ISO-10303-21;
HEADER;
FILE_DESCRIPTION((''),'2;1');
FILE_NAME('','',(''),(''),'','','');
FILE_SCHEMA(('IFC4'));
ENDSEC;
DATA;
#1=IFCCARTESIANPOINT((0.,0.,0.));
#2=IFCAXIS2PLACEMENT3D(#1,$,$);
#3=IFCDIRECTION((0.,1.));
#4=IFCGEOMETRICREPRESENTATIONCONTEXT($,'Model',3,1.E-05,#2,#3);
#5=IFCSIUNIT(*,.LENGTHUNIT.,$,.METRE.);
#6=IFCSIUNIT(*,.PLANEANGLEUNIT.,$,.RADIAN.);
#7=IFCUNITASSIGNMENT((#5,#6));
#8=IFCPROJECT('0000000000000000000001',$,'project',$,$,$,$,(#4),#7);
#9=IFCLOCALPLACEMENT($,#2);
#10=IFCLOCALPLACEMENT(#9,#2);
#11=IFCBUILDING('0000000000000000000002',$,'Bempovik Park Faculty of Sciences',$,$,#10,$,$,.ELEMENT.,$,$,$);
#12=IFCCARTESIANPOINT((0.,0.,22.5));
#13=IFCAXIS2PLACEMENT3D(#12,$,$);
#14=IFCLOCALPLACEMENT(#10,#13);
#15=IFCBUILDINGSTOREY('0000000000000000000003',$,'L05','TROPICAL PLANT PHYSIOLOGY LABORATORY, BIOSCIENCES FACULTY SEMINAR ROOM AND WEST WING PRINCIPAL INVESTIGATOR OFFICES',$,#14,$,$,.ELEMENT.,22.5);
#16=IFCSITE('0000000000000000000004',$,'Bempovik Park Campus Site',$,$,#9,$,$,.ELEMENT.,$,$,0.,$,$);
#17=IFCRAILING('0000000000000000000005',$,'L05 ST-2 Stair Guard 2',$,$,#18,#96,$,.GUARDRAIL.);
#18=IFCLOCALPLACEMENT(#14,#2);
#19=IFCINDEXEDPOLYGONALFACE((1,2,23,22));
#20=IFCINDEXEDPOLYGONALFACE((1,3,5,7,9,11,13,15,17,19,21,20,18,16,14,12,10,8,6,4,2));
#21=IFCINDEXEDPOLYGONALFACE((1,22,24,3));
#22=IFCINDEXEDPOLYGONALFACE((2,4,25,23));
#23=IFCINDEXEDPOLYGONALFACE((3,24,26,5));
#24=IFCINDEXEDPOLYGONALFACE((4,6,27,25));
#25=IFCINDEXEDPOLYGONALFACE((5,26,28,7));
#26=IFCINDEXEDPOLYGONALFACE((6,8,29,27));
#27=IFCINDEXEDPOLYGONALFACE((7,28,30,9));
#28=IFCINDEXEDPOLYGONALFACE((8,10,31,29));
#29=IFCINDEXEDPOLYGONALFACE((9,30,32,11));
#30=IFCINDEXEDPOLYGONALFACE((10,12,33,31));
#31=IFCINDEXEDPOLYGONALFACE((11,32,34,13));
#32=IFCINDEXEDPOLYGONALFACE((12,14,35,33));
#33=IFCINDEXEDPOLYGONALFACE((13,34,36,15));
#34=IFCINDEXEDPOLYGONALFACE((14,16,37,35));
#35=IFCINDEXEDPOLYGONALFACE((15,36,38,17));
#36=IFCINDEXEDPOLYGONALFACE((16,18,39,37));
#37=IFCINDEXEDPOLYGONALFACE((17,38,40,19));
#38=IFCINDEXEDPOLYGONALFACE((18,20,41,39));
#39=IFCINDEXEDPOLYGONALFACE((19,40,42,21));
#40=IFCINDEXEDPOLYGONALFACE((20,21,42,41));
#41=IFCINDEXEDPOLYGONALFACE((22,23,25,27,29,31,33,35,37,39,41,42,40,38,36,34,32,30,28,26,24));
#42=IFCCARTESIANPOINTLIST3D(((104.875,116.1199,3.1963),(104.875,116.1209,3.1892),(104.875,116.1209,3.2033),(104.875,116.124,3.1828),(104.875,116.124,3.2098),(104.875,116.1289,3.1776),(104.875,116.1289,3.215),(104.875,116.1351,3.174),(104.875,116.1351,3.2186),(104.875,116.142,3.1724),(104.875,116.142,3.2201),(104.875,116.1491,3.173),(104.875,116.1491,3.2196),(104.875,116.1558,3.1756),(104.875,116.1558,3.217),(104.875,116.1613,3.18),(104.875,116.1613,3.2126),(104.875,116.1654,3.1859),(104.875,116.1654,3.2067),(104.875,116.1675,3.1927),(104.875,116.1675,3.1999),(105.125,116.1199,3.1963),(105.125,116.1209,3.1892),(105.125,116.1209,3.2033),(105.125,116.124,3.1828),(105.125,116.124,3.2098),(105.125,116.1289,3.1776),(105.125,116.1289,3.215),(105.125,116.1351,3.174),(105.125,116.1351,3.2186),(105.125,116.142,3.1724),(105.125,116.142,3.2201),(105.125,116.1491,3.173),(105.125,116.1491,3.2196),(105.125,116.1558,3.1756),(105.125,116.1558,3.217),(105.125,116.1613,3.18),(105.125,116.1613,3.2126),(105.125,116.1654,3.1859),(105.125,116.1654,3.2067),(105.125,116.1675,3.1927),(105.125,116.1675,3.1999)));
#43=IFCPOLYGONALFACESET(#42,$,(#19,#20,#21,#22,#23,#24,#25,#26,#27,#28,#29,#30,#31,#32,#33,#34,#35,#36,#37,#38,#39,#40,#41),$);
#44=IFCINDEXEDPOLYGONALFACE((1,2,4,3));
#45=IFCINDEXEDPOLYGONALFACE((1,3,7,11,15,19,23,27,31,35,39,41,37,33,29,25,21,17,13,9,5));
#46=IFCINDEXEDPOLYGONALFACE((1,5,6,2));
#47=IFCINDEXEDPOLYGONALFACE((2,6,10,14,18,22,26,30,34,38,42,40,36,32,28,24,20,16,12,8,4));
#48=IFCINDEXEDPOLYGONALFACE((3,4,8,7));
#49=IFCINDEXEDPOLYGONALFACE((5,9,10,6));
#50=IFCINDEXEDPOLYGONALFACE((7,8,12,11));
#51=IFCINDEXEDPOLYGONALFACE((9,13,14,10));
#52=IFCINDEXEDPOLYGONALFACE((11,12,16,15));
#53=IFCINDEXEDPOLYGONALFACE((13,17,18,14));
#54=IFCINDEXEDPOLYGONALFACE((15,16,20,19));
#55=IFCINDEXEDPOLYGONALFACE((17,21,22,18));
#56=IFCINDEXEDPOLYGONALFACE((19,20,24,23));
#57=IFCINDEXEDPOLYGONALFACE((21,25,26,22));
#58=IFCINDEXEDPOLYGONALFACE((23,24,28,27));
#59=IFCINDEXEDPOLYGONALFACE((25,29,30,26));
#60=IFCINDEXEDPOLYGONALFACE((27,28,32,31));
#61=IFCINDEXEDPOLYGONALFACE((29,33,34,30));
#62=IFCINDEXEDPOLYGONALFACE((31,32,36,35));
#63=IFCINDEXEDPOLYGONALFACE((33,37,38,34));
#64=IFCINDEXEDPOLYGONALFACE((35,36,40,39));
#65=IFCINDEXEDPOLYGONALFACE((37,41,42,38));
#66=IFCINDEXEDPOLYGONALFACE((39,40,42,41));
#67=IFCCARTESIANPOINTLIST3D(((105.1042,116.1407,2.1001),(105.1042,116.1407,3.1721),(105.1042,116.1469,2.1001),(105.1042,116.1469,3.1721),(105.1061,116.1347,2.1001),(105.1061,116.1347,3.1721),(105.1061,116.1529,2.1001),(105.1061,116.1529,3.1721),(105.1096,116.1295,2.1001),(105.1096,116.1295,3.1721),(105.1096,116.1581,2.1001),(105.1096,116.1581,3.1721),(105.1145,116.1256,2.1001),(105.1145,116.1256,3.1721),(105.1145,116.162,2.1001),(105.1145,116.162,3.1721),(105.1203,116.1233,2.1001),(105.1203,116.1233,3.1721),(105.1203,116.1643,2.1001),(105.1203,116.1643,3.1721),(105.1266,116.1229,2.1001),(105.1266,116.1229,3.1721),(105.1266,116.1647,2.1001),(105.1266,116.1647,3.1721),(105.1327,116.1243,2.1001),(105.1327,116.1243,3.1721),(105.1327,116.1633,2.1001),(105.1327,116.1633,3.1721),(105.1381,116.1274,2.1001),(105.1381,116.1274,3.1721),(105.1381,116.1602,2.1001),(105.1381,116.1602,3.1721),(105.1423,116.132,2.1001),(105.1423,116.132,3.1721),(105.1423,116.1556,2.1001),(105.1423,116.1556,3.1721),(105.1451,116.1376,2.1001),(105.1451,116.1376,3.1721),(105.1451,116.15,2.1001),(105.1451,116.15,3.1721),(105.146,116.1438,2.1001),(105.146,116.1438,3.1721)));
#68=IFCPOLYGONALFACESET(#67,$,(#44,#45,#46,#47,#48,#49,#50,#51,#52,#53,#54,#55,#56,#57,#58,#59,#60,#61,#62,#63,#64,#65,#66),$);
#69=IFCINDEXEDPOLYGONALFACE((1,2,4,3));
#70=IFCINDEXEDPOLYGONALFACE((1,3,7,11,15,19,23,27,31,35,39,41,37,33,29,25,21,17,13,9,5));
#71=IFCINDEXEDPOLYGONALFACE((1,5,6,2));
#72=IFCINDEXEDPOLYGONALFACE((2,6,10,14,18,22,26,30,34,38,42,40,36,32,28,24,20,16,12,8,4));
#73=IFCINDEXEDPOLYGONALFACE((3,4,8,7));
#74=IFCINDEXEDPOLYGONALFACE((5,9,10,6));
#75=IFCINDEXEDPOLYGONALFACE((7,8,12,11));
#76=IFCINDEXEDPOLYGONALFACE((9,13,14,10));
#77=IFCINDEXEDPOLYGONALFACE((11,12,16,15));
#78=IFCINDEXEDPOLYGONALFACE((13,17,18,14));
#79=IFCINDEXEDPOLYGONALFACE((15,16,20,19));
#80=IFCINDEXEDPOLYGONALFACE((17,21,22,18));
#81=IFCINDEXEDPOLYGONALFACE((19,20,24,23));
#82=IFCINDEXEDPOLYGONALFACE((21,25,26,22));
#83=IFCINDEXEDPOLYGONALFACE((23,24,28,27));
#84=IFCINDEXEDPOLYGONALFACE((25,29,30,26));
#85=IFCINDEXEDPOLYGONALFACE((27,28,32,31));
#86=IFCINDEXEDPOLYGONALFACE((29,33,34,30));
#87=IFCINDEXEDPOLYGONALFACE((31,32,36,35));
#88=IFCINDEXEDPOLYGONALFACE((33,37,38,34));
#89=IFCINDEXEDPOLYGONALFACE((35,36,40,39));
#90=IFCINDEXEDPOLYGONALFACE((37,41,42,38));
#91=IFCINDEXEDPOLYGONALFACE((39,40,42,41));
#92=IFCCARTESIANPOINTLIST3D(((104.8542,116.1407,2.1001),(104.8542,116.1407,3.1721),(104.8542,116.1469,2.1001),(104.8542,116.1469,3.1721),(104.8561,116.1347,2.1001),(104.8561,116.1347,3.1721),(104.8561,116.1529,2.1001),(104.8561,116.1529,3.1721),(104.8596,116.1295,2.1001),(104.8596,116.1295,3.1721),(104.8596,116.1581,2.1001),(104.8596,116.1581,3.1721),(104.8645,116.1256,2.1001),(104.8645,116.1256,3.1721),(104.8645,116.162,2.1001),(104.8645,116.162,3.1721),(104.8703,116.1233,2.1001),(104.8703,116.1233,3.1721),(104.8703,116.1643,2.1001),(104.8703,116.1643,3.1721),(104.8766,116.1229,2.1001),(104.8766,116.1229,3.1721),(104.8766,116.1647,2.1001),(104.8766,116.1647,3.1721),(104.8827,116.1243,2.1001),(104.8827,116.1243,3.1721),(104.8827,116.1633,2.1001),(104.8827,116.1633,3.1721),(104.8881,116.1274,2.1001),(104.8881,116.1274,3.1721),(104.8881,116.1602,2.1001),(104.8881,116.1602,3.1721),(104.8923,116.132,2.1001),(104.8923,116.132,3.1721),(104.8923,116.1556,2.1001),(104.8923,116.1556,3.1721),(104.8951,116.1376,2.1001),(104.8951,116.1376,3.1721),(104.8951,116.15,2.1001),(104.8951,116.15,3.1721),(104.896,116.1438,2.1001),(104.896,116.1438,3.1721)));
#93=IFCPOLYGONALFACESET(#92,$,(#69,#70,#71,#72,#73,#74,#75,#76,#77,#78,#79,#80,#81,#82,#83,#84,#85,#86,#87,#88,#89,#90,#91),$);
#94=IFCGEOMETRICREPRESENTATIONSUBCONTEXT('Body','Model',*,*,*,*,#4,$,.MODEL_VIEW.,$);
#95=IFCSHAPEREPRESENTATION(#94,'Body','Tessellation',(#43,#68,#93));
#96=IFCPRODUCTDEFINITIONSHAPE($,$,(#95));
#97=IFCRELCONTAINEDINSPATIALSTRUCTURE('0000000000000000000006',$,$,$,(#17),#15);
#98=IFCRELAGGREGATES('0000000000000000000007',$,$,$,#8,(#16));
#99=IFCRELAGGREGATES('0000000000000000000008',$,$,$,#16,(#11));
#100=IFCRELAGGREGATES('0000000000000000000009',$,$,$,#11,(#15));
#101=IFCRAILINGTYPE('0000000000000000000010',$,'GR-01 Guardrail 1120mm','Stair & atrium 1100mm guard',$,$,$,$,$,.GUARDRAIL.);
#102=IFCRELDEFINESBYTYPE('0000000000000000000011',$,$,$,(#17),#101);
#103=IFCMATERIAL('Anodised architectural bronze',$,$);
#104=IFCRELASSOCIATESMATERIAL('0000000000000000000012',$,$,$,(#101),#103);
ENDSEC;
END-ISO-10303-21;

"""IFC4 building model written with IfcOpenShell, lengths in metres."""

from ifc_helpers import new_model, si_unit, direction, frame, origin, origin_2d, place, context, subcontext, project, spatial, circle, extrude, material, type_object, element, save


model = new_model("IFC4")

# Units and contexts
model_context = context("Model", 3, precision=1e-05, world=origin(), true_north=direction((0.0, 1.0)))
body_context = subcontext(model_context, "Body", "Model", "MODEL_VIEW")
ifc_project = project(units=[si_unit("LENGTHUNIT", "METRE"), si_unit("PLANEANGLEUNIT", "RADIAN")], contexts=[model_context])

# Site, building, storey
site_placement = place(None, origin())
site = spatial("IfcSite", under=ifc_project, at=site_placement, Name="Bempovik Park Campus Site", CompositionType="ELEMENT", RefElevation=0.0)
building_placement = place(site_placement, origin())
building = spatial("IfcBuilding", under=site, at=building_placement, Name="Bempovik Park Faculty of Sciences", CompositionType="ELEMENT")
storey_placement = place(building_placement, frame((0.0, 0.0, 22.5)))
storey = spatial("IfcBuildingStorey", under=building, at=storey_placement, Name="L05", Description="TROPICAL PLANT PHYSIOLOGY LABORATORY, BIOSCIENCES FACULTY SEMINAR ROOM AND WEST WING PRINCIPAL INVESTIGATOR OFFICES", CompositionType="ELEMENT", Elevation=22.5)

# Railing
ifc_material_1 = material(Name="Anodised architectural bronze")
railing_type_1 = type_object("IfcRailingType", Name="GR-01 Guardrail 1120mm", Description="Stair & atrium 1100mm guard", PredefinedType="GUARDRAIL", material=ifc_material_1)
railing_1_placement = place(storey_placement, frame((105.125, 116.1438, 2.1001)))
element("IfcRailing", 1, at=railing_1_placement, inside=storey, type_object=railing_type_1, Name="L05 ST-2 Stair Guard 2", PredefinedType="GUARDRAIL", context=body_context, shape_type="SweptSolid", body=[
    extrude(circle(Radius=0.0239, at=origin_2d()), frame((0.0, 0.0, 1.0962), z_axis=(-1.0, 0.0, 0.0), x_axis=(0.0, -1.0, 0.0)), (0.0, 0.0, 1.0), 0.25),
    extrude(circle(Radius=0.021, at=origin_2d()), origin(), (0.0, 0.0, 1.0), 1.072),
    extrude(circle(Radius=0.021, at=origin_2d()), frame((-0.25, 0.0, 0.0)), (0.0, 0.0, 1.0), 1.072),
])

save(model, "model.ifc")
